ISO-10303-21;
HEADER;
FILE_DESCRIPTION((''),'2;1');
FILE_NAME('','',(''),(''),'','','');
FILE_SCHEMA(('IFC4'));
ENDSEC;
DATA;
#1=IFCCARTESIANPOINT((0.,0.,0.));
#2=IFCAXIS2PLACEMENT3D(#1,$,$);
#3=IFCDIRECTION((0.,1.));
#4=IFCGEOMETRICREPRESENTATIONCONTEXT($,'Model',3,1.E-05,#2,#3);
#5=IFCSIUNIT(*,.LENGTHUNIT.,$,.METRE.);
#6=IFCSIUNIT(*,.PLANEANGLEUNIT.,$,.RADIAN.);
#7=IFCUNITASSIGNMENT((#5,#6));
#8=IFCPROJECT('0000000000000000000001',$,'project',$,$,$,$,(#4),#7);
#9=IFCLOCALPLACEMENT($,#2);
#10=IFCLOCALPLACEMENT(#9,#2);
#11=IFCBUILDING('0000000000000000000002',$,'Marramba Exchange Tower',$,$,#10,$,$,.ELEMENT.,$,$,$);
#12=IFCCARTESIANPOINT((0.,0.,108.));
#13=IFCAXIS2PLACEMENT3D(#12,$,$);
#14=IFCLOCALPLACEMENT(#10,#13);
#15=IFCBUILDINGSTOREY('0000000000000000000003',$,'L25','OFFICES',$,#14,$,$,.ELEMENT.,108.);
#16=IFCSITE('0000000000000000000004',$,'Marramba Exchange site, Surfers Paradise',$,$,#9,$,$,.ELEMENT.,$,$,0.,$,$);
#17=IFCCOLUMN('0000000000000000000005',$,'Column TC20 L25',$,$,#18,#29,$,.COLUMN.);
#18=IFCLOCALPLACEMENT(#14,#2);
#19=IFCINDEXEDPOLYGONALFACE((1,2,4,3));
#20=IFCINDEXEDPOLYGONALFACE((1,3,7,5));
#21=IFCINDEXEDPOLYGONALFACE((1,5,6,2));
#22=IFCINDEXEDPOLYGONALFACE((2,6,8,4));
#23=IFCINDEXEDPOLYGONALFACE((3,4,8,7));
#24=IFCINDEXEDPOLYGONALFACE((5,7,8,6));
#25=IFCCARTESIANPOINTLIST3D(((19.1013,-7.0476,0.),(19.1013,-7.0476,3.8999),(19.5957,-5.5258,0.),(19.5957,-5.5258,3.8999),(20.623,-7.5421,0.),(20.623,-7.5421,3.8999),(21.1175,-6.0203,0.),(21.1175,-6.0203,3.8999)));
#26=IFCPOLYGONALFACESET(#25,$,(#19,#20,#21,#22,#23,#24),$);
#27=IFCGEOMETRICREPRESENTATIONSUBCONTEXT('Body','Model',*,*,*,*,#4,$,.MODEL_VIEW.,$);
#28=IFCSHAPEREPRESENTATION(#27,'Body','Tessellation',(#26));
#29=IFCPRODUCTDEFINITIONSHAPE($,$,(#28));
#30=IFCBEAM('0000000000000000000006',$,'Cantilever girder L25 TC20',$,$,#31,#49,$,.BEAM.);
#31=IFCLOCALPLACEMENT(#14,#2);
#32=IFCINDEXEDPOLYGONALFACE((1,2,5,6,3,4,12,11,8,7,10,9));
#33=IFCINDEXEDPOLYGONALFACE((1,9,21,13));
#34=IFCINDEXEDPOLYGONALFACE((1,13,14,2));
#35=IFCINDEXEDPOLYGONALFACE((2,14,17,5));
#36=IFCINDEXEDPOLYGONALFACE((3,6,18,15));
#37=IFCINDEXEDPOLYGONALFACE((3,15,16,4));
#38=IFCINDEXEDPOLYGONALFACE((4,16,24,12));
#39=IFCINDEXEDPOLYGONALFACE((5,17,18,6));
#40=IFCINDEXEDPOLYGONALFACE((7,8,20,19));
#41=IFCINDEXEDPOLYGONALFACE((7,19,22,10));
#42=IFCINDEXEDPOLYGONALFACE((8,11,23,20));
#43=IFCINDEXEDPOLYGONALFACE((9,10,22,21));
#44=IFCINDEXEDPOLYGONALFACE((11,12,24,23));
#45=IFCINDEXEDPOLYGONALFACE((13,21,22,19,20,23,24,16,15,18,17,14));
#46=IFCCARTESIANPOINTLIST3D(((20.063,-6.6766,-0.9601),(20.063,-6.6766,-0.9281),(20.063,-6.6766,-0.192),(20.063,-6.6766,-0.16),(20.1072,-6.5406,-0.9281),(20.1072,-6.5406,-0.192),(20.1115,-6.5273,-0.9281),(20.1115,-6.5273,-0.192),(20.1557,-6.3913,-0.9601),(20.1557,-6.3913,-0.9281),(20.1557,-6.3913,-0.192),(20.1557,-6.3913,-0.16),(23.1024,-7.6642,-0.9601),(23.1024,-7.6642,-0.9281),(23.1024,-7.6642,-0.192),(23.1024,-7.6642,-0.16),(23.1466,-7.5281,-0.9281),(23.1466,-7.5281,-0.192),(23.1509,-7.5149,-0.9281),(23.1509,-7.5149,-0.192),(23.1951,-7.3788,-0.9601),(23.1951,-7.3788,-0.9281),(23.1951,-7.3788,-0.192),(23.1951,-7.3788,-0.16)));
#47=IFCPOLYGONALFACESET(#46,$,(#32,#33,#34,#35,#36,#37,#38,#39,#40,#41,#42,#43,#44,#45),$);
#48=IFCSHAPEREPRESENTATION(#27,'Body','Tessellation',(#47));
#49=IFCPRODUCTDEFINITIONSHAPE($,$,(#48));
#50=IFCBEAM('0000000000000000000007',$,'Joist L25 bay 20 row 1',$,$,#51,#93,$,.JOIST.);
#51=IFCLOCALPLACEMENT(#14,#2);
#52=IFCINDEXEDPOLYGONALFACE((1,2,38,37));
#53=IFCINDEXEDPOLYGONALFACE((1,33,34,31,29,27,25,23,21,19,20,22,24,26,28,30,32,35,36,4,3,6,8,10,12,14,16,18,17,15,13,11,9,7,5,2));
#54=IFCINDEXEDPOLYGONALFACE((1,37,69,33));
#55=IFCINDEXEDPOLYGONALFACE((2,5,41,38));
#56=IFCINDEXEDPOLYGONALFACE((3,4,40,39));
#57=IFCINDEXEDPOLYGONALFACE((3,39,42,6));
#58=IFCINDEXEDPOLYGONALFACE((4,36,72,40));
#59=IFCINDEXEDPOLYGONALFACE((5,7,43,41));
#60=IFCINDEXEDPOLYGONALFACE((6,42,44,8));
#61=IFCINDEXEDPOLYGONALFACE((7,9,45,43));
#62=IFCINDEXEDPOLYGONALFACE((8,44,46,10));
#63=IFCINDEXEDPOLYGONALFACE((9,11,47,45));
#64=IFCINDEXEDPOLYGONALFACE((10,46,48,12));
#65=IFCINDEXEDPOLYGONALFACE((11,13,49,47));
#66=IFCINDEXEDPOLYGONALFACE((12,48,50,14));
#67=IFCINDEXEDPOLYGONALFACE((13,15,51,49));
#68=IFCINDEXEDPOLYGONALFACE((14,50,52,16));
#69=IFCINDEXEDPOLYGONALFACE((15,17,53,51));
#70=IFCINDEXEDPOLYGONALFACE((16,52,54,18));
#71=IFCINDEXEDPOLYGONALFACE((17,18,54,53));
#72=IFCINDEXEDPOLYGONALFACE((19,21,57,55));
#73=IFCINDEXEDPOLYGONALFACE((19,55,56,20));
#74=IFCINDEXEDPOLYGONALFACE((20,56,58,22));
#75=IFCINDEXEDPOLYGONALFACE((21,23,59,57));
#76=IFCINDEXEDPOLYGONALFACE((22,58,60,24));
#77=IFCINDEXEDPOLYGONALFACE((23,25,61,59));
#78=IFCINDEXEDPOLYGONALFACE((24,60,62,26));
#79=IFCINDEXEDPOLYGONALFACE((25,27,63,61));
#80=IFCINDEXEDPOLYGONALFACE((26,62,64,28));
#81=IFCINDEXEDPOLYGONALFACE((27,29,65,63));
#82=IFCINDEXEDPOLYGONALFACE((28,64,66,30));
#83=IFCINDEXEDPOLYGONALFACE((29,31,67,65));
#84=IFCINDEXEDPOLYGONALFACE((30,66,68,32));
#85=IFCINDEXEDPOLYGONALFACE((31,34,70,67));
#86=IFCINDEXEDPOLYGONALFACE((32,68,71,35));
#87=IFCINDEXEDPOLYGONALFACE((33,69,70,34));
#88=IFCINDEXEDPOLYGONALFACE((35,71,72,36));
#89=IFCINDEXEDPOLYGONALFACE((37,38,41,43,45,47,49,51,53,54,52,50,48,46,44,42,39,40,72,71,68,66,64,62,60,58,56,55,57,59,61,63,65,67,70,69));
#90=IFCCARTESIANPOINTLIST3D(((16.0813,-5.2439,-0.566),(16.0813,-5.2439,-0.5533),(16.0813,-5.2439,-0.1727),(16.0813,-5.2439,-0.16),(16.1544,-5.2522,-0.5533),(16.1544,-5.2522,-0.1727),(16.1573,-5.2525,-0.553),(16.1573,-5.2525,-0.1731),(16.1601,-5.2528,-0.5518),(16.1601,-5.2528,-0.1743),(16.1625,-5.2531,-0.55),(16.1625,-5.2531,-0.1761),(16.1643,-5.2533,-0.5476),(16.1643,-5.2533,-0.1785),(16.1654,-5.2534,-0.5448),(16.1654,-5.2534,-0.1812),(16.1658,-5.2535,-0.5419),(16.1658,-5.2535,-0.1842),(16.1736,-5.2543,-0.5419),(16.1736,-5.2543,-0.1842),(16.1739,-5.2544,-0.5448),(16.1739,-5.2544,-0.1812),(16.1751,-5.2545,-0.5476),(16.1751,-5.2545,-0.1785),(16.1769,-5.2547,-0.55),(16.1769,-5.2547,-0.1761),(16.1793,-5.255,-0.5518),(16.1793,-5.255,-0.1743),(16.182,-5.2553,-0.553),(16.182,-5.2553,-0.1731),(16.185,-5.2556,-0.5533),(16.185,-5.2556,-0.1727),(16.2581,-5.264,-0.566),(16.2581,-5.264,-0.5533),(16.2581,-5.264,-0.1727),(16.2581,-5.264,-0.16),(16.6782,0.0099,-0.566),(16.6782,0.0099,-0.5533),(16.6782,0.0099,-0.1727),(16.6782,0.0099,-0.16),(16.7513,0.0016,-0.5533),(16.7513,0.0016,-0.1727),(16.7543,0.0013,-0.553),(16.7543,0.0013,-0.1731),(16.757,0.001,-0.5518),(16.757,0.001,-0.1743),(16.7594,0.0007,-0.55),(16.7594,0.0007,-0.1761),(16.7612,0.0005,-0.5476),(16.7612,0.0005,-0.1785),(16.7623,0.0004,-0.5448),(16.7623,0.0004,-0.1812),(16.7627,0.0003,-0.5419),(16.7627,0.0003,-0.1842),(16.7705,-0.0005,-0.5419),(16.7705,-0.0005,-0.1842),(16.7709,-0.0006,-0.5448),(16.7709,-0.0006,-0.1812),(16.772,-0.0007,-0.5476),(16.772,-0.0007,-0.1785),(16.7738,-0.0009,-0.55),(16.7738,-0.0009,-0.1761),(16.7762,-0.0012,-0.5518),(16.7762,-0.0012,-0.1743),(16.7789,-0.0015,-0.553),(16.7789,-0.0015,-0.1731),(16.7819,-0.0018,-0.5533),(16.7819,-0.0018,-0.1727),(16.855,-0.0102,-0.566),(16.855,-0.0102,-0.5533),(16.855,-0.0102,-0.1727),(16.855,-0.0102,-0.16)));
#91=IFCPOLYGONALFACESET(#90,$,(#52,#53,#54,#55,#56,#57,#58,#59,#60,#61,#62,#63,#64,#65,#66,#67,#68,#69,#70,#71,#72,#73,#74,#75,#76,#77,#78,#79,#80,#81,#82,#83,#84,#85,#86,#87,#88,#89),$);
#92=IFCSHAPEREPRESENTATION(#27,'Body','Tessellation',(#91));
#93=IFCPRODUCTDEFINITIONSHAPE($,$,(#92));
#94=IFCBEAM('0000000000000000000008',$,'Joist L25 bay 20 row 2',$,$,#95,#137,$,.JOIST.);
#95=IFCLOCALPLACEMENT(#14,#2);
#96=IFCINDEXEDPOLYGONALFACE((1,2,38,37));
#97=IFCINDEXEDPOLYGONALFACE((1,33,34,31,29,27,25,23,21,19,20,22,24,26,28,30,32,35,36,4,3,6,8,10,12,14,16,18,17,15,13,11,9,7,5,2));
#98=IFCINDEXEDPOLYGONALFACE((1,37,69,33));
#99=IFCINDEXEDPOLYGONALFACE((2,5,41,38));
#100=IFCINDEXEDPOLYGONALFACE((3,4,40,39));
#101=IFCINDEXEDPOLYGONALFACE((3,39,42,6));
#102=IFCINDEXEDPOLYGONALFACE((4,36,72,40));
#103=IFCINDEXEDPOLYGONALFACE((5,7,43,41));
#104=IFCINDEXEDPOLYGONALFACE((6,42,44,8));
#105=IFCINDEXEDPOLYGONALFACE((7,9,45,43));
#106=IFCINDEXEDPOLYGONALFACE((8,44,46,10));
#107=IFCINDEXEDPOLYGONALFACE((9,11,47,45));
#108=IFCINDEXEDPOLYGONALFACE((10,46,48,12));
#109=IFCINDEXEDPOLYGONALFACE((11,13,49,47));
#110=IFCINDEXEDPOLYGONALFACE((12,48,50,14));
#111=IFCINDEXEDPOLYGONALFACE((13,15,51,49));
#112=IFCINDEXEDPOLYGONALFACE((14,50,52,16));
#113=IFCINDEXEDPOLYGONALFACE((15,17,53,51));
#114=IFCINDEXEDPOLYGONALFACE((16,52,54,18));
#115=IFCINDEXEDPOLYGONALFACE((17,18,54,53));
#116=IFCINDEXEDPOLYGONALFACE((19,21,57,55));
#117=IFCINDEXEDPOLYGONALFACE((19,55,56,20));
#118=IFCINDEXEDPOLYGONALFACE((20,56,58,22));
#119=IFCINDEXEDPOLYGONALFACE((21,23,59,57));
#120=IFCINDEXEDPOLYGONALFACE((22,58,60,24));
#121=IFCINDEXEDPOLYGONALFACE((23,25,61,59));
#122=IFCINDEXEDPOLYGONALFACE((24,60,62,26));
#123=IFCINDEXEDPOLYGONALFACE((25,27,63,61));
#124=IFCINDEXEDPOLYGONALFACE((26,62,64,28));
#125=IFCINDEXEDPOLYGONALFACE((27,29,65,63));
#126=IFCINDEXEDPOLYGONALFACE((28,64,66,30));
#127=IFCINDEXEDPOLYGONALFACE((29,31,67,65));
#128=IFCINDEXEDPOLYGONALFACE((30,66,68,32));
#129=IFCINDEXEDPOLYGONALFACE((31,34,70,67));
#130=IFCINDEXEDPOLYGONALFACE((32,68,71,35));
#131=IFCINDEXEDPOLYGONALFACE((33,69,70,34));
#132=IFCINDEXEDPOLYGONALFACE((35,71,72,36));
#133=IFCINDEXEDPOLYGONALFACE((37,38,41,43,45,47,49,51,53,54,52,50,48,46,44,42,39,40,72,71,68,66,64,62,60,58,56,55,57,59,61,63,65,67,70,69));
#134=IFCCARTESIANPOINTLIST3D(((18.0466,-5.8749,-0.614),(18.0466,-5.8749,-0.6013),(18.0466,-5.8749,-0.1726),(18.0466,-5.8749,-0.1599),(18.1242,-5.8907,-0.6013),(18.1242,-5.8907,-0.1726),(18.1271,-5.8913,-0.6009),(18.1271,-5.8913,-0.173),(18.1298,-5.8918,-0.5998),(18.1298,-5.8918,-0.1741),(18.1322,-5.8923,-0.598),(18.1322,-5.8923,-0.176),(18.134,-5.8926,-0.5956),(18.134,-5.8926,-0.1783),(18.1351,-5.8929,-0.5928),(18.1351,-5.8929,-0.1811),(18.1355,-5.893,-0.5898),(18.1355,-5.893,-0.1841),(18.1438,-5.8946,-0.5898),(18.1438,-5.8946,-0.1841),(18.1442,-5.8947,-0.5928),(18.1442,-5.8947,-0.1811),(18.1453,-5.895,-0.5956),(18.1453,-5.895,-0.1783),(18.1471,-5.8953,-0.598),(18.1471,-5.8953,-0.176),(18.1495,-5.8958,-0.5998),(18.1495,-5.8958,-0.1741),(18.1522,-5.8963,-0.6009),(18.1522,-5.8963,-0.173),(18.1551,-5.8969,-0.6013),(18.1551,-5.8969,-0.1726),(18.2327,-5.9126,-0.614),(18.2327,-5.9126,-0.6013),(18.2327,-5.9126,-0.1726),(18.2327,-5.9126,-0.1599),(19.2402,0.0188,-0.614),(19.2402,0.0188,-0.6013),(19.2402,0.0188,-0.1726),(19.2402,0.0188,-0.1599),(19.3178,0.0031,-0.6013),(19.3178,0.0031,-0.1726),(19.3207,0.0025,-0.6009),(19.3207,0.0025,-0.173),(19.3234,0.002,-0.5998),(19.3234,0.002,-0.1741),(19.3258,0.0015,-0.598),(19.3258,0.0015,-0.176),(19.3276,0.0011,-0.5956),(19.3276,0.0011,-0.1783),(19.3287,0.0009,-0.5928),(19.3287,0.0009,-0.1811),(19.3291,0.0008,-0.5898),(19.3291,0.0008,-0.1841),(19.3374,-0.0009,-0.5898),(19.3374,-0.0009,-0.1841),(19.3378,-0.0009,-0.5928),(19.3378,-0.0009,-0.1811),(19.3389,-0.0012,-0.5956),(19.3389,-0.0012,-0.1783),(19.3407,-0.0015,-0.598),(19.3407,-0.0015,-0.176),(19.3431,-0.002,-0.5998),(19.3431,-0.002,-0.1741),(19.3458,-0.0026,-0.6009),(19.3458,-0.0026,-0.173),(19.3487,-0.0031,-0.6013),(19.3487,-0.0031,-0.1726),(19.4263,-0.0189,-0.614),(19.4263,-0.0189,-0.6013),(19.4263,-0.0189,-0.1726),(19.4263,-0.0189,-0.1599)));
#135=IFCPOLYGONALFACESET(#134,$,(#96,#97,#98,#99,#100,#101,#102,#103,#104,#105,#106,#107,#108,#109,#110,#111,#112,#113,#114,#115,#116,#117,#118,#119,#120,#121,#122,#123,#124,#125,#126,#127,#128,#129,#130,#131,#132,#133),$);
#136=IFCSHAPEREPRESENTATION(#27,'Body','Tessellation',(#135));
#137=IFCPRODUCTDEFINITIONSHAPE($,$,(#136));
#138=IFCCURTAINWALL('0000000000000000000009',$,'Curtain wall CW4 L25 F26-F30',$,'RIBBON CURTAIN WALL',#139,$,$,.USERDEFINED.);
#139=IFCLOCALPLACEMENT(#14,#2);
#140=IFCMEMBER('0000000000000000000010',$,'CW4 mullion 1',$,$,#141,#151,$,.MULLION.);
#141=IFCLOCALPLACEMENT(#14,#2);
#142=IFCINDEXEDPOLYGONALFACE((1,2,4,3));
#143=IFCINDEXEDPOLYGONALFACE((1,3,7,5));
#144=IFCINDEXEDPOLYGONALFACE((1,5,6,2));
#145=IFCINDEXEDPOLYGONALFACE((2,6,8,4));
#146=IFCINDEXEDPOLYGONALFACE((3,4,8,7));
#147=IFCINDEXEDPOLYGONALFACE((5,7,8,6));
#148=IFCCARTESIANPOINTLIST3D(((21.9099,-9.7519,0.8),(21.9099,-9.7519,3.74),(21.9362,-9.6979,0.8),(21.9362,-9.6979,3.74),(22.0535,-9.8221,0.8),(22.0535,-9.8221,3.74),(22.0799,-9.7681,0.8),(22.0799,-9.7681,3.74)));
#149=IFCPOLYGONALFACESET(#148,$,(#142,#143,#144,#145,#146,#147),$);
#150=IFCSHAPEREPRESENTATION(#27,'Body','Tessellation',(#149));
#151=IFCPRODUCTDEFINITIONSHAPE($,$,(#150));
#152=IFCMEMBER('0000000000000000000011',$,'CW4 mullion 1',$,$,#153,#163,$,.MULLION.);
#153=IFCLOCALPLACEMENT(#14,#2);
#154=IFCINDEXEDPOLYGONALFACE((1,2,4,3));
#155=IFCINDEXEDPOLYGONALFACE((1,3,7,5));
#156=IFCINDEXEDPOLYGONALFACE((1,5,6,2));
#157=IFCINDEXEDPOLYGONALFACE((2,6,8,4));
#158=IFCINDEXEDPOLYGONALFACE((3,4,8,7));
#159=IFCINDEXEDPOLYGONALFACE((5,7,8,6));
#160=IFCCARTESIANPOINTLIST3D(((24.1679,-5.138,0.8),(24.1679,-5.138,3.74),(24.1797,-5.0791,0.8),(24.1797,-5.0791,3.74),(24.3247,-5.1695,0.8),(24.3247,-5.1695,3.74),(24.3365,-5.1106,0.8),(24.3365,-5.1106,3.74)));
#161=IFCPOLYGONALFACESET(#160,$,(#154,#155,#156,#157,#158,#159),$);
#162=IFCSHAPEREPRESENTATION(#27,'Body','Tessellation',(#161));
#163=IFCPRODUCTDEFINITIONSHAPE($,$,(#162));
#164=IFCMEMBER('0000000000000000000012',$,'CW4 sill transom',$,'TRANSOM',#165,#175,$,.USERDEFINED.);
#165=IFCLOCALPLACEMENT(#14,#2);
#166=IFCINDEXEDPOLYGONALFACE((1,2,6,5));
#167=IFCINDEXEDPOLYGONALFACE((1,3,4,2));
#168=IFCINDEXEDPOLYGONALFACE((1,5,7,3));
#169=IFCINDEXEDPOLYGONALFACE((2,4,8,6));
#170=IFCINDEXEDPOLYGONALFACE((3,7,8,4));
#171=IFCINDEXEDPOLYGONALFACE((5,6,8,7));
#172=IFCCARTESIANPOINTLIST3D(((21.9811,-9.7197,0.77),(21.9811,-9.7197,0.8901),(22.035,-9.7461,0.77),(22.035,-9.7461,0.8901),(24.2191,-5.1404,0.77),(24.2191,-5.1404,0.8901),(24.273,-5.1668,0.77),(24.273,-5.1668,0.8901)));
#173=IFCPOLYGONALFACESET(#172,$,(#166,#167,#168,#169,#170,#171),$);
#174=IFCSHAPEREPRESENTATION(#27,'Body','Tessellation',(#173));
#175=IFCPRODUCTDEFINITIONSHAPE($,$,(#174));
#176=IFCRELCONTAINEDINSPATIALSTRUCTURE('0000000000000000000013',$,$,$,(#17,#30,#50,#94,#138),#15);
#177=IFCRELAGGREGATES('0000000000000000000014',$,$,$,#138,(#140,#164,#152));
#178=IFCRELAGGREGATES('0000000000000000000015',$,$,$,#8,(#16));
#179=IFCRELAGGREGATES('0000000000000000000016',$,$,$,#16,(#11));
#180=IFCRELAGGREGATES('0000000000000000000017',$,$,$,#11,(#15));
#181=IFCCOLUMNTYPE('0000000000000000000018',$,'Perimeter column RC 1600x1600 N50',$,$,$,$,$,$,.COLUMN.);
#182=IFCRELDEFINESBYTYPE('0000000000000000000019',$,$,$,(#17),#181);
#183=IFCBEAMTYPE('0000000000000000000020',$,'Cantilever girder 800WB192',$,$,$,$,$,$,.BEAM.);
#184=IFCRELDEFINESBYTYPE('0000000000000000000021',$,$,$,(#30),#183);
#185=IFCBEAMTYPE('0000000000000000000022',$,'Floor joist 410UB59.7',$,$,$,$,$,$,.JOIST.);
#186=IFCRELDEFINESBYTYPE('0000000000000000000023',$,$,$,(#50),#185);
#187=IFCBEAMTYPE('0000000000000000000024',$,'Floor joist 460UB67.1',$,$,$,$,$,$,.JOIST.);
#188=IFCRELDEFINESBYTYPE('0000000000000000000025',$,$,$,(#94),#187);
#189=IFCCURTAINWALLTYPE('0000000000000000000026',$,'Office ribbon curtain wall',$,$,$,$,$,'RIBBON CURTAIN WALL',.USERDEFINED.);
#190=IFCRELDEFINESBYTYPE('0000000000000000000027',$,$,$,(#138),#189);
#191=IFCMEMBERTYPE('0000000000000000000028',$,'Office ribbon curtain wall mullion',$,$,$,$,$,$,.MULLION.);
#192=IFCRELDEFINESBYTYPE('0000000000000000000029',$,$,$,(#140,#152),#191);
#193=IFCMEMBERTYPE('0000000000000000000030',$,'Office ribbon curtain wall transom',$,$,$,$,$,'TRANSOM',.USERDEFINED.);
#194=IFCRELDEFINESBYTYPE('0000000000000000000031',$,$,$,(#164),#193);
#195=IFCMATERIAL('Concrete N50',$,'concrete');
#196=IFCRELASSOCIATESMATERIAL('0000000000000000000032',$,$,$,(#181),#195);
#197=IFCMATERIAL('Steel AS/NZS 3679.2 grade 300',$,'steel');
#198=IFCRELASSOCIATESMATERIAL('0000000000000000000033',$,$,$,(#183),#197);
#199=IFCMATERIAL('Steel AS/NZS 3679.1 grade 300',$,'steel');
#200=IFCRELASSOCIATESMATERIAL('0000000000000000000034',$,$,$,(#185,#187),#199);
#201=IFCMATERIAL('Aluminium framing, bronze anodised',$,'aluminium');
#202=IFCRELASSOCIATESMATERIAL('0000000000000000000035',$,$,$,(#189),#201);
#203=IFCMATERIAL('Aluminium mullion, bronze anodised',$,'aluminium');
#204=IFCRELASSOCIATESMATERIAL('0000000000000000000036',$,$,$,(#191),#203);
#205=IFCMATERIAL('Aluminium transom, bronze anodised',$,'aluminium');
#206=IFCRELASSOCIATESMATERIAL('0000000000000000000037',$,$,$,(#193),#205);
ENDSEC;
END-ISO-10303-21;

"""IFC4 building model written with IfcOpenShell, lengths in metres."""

from ifc_helpers import new_model, si_unit, direction, frame, origin, origin_2d, place, context, subcontext, project, spatial, rectangle, i_section, extrude, material, material_profile, profile_set, type_object, element, aggregate, save


model = new_model("IFC4")

# Units and contexts
model_context = context("Model", 3, precision=1e-05, world=origin(), true_north=direction((0.0, 1.0)))
body_context = subcontext(model_context, "Body", "Model", "MODEL_VIEW")
ifc_project = project(units=[si_unit("LENGTHUNIT", "METRE"), si_unit("PLANEANGLEUNIT", "RADIAN")], contexts=[model_context])

# Site, building, storey
site_placement = place(None, origin())
site = spatial("IfcSite", under=ifc_project, at=site_placement, Name="Marramba Exchange site, Surfers Paradise", CompositionType="ELEMENT", RefElevation=0.0)
building_placement = place(site_placement, origin())
building = spatial("IfcBuilding", under=site, at=building_placement, Name="Marramba Exchange Tower", CompositionType="ELEMENT")
storey_placement = place(building_placement, frame((0.0, 0.0, 108.0)))
storey = spatial("IfcBuildingStorey", under=building, at=storey_placement, Name="L25", Description="OFFICES", CompositionType="ELEMENT", Elevation=108.0)

# Column
ifc_material_1 = material(Name="Concrete N50", Category="concrete")
ifc_material_profile_1 = material_profile(ifc_material_1, rectangle(XDim=1.6001, YDim=1.6001, at=origin_2d()), Name="RC 1600x1600")
ifc_profile_set_1 = profile_set([ifc_material_profile_1], Name="Concrete N50")
column_type = type_object("IfcColumnType", Name="Perimeter column RC 1600x1600 N50", PredefinedType="COLUMN", material=ifc_profile_set_1)
column_placement = place(storey_placement, frame((20.1094, -6.5339, 0.0), z_axis=(0.0, 0.0, 1.0), x_axis=(0.951057, -0.309017, 0.0)))
element("IfcColumn", 1, at=column_placement, inside=storey, type_object=column_type, Name="Column TC20 L25", PredefinedType="COLUMN", context=body_context, shape_type="SweptSolid", body=[
    extrude(rectangle(XDim=1.6001, YDim=1.6001, at=origin_2d()), origin(), (0.0, 0.0, 1.0), 3.8999),
])

# Beams
ifc_material_2 = material(Name="Steel AS/NZS 3679.2 grade 300", Category="steel")
ifc_material_profile_2 = material_profile(ifc_material_2, i_section(OverallWidth=0.3, OverallDepth=0.8, WebThickness=0.0139, FlangeThickness=0.032, at=origin_2d()), Name="800WB192")
ifc_profile_set_2 = profile_set([ifc_material_profile_2], Name="Steel AS/NZS 3679.2 grade 300")
beam_type_1 = type_object("IfcBeamType", Name="Cantilever girder 800WB192", PredefinedType="BEAM", material=ifc_profile_set_2)
beam_1_placement = place(storey_placement, frame((20.1094, -6.5339, -0.5601), z_axis=(0.951055, -0.309022, 0.0), x_axis=(0.309022, 0.951055, 0.0)))
element("IfcBeam", 2, at=beam_1_placement, inside=storey, type_object=beam_type_1, Name="Cantilever girder L25 TC20", PredefinedType="BEAM", context=body_context, shape_type="SweptSolid", body=[
    extrude(i_section(OverallWidth=0.3, OverallDepth=0.8, WebThickness=0.0139, FlangeThickness=0.032, at=origin_2d()), origin(), (0.0, 0.0, 1.0), 3.1958),
])
ifc_material_3 = material(Name="Steel AS/NZS 3679.1 grade 300", Category="steel")
ifc_material_profile_3 = material_profile(ifc_material_3, i_section(OverallWidth=0.178, OverallDepth=0.406, WebThickness=0.0078, FlangeThickness=0.0127, FilletRadius=0.0115, at=origin_2d()), Name="410UB59.7")
ifc_profile_set_3 = profile_set([ifc_material_profile_3], Name="Steel AS/NZS 3679.1 grade 300")
beam_type_2 = type_object("IfcBeamType", Name="Floor joist 410UB59.7", PredefinedType="JOIST", material=ifc_profile_set_3)
beam_2_placement = place(storey_placement, frame((16.1697, -5.2539, -0.363), z_axis=(0.112889, 0.993608, 0.0), x_axis=(-0.993608, 0.112889, 0.0)))
element("IfcBeam", 3, at=beam_2_placement, inside=storey, type_object=beam_type_2, Name="Joist L25 bay 20 row 1", PredefinedType="JOIST", context=body_context, shape_type="SweptSolid", body=[
    extrude(i_section(OverallWidth=0.178, OverallDepth=0.406, WebThickness=0.0078, FlangeThickness=0.0127, FilletRadius=0.0115, at=origin_2d()), origin(), (0.0, 0.0, 1.0), 5.2876),
])
ifc_material_profile_4 = material_profile(ifc_material_3, i_section(OverallWidth=0.1899, OverallDepth=0.4541, WebThickness=0.0085, FlangeThickness=0.0127, FilletRadius=0.0115, at=origin_2d()), Name="460UB67.1")
ifc_profile_set_4 = profile_set([ifc_material_profile_4], Name="Steel AS/NZS 3679.1 grade 300")
beam_type_3 = type_object("IfcBeamType", Name="Floor joist 460UB67.1", PredefinedType="JOIST", material=ifc_profile_set_4)
beam_3_placement = place(storey_placement, frame((18.1396, -5.8938, -0.387), z_axis=(0.198489, 0.980103, 0.0), x_axis=(-0.980103, 0.198489, 0.0)))
element("IfcBeam", 4, at=beam_3_placement, inside=storey, type_object=beam_type_3, Name="Joist L25 bay 20 row 2", PredefinedType="JOIST", context=body_context, shape_type="SweptSolid", body=[
    extrude(i_section(OverallWidth=0.1899, OverallDepth=0.4541, WebThickness=0.0085, FlangeThickness=0.0127, FilletRadius=0.0115, at=origin_2d()), origin(), (0.0, 0.0, 1.0), 6.0134),
])

# Curtain wall, members
ifc_material_4 = material(Name="Aluminium framing, bronze anodised", Category="aluminium")
curtain_wall_type = type_object("IfcCurtainWallType", Name="Office ribbon curtain wall", ElementType="RIBBON CURTAIN WALL", PredefinedType="USERDEFINED", material=ifc_material_4)
curtain_wall_placement = place(storey_placement, origin())
curtain_wall = element("IfcCurtainWall", 5, at=curtain_wall_placement, inside=storey, type_object=curtain_wall_type, Name="Curtain wall CW4 L25 F26-F30", ObjectType="RIBBON CURTAIN WALL", PredefinedType="USERDEFINED")
ifc_material_5 = material(Name="Aluminium mullion, bronze anodised", Category="aluminium")
ifc_material_profile_5 = material_profile(ifc_material_5, rectangle(XDim=0.1599, YDim=0.0601, at=origin_2d()), Name="CW4 mullion 60x160")
ifc_profile_set_5 = profile_set([ifc_material_profile_5], Name="Aluminium mullion, bronze anodised")
member_type_1 = type_object("IfcMemberType", Name="Office ribbon curtain wall mullion", PredefinedType="MULLION", material=ifc_profile_set_5)
member_1_placement = place(storey_placement, frame((21.9949, -9.76, 0.8), z_axis=(0.0, 0.0, 1.0), x_axis=(-0.898445, 0.439086, 0.0)))
member_1 = element("IfcMember", 6, at=member_1_placement, type_object=member_type_1, Name="CW4 mullion 1", PredefinedType="MULLION", context=body_context, shape_type="SweptSolid", body=[
    extrude(rectangle(XDim=0.1599, YDim=0.0601, at=origin_2d()), origin(), (0.0, 0.0, 1.0), 2.9399),
])
member_2_placement = place(storey_placement, frame((24.2522, -5.1243, 0.8), z_axis=(0.0, 0.0, 1.0), x_axis=(-0.980394, 0.197049, 0.0)))
member_2 = element("IfcMember", 7, at=member_2_placement, type_object=member_type_1, Name="CW4 mullion 1", PredefinedType="MULLION", context=body_context, shape_type="SweptSolid", body=[
    extrude(rectangle(XDim=0.1599, YDim=0.0601, at=origin_2d()), origin(), (0.0, 0.0, 1.0), 2.9399),
])
ifc_material_6 = material(Name="Aluminium transom, bronze anodised", Category="aluminium")
ifc_material_profile_6 = material_profile(ifc_material_6, rectangle(XDim=0.0601, YDim=0.1201, at=origin_2d()), Name="CW4 transom 60x120")
ifc_profile_set_6 = profile_set([ifc_material_profile_6], Name="Aluminium transom, bronze anodised")
member_type_2 = type_object("IfcMemberType", Name="Office ribbon curtain wall transom", ElementType="TRANSOM", PredefinedType="USERDEFINED", material=ifc_profile_set_6)
member_3_placement = place(storey_placement, frame((22.0081, -9.7329, 0.8301), z_axis=(0.439091, 0.898443, 0.0), x_axis=(-0.898443, 0.439091, 0.0)))
member_3 = element("IfcMember", 8, at=member_3_placement, type_object=member_type_2, Name="CW4 sill transom", ObjectType="TRANSOM", PredefinedType="USERDEFINED", context=body_context, shape_type="SweptSolid", body=[
    extrude(rectangle(XDim=0.0601, YDim=0.1201, at=origin_2d()), origin(), (0.0, 0.0, 1.0), 5.0969),
])

aggregate(curtain_wall, [member_1, member_3, member_2])

save(model, "model.ifc")
